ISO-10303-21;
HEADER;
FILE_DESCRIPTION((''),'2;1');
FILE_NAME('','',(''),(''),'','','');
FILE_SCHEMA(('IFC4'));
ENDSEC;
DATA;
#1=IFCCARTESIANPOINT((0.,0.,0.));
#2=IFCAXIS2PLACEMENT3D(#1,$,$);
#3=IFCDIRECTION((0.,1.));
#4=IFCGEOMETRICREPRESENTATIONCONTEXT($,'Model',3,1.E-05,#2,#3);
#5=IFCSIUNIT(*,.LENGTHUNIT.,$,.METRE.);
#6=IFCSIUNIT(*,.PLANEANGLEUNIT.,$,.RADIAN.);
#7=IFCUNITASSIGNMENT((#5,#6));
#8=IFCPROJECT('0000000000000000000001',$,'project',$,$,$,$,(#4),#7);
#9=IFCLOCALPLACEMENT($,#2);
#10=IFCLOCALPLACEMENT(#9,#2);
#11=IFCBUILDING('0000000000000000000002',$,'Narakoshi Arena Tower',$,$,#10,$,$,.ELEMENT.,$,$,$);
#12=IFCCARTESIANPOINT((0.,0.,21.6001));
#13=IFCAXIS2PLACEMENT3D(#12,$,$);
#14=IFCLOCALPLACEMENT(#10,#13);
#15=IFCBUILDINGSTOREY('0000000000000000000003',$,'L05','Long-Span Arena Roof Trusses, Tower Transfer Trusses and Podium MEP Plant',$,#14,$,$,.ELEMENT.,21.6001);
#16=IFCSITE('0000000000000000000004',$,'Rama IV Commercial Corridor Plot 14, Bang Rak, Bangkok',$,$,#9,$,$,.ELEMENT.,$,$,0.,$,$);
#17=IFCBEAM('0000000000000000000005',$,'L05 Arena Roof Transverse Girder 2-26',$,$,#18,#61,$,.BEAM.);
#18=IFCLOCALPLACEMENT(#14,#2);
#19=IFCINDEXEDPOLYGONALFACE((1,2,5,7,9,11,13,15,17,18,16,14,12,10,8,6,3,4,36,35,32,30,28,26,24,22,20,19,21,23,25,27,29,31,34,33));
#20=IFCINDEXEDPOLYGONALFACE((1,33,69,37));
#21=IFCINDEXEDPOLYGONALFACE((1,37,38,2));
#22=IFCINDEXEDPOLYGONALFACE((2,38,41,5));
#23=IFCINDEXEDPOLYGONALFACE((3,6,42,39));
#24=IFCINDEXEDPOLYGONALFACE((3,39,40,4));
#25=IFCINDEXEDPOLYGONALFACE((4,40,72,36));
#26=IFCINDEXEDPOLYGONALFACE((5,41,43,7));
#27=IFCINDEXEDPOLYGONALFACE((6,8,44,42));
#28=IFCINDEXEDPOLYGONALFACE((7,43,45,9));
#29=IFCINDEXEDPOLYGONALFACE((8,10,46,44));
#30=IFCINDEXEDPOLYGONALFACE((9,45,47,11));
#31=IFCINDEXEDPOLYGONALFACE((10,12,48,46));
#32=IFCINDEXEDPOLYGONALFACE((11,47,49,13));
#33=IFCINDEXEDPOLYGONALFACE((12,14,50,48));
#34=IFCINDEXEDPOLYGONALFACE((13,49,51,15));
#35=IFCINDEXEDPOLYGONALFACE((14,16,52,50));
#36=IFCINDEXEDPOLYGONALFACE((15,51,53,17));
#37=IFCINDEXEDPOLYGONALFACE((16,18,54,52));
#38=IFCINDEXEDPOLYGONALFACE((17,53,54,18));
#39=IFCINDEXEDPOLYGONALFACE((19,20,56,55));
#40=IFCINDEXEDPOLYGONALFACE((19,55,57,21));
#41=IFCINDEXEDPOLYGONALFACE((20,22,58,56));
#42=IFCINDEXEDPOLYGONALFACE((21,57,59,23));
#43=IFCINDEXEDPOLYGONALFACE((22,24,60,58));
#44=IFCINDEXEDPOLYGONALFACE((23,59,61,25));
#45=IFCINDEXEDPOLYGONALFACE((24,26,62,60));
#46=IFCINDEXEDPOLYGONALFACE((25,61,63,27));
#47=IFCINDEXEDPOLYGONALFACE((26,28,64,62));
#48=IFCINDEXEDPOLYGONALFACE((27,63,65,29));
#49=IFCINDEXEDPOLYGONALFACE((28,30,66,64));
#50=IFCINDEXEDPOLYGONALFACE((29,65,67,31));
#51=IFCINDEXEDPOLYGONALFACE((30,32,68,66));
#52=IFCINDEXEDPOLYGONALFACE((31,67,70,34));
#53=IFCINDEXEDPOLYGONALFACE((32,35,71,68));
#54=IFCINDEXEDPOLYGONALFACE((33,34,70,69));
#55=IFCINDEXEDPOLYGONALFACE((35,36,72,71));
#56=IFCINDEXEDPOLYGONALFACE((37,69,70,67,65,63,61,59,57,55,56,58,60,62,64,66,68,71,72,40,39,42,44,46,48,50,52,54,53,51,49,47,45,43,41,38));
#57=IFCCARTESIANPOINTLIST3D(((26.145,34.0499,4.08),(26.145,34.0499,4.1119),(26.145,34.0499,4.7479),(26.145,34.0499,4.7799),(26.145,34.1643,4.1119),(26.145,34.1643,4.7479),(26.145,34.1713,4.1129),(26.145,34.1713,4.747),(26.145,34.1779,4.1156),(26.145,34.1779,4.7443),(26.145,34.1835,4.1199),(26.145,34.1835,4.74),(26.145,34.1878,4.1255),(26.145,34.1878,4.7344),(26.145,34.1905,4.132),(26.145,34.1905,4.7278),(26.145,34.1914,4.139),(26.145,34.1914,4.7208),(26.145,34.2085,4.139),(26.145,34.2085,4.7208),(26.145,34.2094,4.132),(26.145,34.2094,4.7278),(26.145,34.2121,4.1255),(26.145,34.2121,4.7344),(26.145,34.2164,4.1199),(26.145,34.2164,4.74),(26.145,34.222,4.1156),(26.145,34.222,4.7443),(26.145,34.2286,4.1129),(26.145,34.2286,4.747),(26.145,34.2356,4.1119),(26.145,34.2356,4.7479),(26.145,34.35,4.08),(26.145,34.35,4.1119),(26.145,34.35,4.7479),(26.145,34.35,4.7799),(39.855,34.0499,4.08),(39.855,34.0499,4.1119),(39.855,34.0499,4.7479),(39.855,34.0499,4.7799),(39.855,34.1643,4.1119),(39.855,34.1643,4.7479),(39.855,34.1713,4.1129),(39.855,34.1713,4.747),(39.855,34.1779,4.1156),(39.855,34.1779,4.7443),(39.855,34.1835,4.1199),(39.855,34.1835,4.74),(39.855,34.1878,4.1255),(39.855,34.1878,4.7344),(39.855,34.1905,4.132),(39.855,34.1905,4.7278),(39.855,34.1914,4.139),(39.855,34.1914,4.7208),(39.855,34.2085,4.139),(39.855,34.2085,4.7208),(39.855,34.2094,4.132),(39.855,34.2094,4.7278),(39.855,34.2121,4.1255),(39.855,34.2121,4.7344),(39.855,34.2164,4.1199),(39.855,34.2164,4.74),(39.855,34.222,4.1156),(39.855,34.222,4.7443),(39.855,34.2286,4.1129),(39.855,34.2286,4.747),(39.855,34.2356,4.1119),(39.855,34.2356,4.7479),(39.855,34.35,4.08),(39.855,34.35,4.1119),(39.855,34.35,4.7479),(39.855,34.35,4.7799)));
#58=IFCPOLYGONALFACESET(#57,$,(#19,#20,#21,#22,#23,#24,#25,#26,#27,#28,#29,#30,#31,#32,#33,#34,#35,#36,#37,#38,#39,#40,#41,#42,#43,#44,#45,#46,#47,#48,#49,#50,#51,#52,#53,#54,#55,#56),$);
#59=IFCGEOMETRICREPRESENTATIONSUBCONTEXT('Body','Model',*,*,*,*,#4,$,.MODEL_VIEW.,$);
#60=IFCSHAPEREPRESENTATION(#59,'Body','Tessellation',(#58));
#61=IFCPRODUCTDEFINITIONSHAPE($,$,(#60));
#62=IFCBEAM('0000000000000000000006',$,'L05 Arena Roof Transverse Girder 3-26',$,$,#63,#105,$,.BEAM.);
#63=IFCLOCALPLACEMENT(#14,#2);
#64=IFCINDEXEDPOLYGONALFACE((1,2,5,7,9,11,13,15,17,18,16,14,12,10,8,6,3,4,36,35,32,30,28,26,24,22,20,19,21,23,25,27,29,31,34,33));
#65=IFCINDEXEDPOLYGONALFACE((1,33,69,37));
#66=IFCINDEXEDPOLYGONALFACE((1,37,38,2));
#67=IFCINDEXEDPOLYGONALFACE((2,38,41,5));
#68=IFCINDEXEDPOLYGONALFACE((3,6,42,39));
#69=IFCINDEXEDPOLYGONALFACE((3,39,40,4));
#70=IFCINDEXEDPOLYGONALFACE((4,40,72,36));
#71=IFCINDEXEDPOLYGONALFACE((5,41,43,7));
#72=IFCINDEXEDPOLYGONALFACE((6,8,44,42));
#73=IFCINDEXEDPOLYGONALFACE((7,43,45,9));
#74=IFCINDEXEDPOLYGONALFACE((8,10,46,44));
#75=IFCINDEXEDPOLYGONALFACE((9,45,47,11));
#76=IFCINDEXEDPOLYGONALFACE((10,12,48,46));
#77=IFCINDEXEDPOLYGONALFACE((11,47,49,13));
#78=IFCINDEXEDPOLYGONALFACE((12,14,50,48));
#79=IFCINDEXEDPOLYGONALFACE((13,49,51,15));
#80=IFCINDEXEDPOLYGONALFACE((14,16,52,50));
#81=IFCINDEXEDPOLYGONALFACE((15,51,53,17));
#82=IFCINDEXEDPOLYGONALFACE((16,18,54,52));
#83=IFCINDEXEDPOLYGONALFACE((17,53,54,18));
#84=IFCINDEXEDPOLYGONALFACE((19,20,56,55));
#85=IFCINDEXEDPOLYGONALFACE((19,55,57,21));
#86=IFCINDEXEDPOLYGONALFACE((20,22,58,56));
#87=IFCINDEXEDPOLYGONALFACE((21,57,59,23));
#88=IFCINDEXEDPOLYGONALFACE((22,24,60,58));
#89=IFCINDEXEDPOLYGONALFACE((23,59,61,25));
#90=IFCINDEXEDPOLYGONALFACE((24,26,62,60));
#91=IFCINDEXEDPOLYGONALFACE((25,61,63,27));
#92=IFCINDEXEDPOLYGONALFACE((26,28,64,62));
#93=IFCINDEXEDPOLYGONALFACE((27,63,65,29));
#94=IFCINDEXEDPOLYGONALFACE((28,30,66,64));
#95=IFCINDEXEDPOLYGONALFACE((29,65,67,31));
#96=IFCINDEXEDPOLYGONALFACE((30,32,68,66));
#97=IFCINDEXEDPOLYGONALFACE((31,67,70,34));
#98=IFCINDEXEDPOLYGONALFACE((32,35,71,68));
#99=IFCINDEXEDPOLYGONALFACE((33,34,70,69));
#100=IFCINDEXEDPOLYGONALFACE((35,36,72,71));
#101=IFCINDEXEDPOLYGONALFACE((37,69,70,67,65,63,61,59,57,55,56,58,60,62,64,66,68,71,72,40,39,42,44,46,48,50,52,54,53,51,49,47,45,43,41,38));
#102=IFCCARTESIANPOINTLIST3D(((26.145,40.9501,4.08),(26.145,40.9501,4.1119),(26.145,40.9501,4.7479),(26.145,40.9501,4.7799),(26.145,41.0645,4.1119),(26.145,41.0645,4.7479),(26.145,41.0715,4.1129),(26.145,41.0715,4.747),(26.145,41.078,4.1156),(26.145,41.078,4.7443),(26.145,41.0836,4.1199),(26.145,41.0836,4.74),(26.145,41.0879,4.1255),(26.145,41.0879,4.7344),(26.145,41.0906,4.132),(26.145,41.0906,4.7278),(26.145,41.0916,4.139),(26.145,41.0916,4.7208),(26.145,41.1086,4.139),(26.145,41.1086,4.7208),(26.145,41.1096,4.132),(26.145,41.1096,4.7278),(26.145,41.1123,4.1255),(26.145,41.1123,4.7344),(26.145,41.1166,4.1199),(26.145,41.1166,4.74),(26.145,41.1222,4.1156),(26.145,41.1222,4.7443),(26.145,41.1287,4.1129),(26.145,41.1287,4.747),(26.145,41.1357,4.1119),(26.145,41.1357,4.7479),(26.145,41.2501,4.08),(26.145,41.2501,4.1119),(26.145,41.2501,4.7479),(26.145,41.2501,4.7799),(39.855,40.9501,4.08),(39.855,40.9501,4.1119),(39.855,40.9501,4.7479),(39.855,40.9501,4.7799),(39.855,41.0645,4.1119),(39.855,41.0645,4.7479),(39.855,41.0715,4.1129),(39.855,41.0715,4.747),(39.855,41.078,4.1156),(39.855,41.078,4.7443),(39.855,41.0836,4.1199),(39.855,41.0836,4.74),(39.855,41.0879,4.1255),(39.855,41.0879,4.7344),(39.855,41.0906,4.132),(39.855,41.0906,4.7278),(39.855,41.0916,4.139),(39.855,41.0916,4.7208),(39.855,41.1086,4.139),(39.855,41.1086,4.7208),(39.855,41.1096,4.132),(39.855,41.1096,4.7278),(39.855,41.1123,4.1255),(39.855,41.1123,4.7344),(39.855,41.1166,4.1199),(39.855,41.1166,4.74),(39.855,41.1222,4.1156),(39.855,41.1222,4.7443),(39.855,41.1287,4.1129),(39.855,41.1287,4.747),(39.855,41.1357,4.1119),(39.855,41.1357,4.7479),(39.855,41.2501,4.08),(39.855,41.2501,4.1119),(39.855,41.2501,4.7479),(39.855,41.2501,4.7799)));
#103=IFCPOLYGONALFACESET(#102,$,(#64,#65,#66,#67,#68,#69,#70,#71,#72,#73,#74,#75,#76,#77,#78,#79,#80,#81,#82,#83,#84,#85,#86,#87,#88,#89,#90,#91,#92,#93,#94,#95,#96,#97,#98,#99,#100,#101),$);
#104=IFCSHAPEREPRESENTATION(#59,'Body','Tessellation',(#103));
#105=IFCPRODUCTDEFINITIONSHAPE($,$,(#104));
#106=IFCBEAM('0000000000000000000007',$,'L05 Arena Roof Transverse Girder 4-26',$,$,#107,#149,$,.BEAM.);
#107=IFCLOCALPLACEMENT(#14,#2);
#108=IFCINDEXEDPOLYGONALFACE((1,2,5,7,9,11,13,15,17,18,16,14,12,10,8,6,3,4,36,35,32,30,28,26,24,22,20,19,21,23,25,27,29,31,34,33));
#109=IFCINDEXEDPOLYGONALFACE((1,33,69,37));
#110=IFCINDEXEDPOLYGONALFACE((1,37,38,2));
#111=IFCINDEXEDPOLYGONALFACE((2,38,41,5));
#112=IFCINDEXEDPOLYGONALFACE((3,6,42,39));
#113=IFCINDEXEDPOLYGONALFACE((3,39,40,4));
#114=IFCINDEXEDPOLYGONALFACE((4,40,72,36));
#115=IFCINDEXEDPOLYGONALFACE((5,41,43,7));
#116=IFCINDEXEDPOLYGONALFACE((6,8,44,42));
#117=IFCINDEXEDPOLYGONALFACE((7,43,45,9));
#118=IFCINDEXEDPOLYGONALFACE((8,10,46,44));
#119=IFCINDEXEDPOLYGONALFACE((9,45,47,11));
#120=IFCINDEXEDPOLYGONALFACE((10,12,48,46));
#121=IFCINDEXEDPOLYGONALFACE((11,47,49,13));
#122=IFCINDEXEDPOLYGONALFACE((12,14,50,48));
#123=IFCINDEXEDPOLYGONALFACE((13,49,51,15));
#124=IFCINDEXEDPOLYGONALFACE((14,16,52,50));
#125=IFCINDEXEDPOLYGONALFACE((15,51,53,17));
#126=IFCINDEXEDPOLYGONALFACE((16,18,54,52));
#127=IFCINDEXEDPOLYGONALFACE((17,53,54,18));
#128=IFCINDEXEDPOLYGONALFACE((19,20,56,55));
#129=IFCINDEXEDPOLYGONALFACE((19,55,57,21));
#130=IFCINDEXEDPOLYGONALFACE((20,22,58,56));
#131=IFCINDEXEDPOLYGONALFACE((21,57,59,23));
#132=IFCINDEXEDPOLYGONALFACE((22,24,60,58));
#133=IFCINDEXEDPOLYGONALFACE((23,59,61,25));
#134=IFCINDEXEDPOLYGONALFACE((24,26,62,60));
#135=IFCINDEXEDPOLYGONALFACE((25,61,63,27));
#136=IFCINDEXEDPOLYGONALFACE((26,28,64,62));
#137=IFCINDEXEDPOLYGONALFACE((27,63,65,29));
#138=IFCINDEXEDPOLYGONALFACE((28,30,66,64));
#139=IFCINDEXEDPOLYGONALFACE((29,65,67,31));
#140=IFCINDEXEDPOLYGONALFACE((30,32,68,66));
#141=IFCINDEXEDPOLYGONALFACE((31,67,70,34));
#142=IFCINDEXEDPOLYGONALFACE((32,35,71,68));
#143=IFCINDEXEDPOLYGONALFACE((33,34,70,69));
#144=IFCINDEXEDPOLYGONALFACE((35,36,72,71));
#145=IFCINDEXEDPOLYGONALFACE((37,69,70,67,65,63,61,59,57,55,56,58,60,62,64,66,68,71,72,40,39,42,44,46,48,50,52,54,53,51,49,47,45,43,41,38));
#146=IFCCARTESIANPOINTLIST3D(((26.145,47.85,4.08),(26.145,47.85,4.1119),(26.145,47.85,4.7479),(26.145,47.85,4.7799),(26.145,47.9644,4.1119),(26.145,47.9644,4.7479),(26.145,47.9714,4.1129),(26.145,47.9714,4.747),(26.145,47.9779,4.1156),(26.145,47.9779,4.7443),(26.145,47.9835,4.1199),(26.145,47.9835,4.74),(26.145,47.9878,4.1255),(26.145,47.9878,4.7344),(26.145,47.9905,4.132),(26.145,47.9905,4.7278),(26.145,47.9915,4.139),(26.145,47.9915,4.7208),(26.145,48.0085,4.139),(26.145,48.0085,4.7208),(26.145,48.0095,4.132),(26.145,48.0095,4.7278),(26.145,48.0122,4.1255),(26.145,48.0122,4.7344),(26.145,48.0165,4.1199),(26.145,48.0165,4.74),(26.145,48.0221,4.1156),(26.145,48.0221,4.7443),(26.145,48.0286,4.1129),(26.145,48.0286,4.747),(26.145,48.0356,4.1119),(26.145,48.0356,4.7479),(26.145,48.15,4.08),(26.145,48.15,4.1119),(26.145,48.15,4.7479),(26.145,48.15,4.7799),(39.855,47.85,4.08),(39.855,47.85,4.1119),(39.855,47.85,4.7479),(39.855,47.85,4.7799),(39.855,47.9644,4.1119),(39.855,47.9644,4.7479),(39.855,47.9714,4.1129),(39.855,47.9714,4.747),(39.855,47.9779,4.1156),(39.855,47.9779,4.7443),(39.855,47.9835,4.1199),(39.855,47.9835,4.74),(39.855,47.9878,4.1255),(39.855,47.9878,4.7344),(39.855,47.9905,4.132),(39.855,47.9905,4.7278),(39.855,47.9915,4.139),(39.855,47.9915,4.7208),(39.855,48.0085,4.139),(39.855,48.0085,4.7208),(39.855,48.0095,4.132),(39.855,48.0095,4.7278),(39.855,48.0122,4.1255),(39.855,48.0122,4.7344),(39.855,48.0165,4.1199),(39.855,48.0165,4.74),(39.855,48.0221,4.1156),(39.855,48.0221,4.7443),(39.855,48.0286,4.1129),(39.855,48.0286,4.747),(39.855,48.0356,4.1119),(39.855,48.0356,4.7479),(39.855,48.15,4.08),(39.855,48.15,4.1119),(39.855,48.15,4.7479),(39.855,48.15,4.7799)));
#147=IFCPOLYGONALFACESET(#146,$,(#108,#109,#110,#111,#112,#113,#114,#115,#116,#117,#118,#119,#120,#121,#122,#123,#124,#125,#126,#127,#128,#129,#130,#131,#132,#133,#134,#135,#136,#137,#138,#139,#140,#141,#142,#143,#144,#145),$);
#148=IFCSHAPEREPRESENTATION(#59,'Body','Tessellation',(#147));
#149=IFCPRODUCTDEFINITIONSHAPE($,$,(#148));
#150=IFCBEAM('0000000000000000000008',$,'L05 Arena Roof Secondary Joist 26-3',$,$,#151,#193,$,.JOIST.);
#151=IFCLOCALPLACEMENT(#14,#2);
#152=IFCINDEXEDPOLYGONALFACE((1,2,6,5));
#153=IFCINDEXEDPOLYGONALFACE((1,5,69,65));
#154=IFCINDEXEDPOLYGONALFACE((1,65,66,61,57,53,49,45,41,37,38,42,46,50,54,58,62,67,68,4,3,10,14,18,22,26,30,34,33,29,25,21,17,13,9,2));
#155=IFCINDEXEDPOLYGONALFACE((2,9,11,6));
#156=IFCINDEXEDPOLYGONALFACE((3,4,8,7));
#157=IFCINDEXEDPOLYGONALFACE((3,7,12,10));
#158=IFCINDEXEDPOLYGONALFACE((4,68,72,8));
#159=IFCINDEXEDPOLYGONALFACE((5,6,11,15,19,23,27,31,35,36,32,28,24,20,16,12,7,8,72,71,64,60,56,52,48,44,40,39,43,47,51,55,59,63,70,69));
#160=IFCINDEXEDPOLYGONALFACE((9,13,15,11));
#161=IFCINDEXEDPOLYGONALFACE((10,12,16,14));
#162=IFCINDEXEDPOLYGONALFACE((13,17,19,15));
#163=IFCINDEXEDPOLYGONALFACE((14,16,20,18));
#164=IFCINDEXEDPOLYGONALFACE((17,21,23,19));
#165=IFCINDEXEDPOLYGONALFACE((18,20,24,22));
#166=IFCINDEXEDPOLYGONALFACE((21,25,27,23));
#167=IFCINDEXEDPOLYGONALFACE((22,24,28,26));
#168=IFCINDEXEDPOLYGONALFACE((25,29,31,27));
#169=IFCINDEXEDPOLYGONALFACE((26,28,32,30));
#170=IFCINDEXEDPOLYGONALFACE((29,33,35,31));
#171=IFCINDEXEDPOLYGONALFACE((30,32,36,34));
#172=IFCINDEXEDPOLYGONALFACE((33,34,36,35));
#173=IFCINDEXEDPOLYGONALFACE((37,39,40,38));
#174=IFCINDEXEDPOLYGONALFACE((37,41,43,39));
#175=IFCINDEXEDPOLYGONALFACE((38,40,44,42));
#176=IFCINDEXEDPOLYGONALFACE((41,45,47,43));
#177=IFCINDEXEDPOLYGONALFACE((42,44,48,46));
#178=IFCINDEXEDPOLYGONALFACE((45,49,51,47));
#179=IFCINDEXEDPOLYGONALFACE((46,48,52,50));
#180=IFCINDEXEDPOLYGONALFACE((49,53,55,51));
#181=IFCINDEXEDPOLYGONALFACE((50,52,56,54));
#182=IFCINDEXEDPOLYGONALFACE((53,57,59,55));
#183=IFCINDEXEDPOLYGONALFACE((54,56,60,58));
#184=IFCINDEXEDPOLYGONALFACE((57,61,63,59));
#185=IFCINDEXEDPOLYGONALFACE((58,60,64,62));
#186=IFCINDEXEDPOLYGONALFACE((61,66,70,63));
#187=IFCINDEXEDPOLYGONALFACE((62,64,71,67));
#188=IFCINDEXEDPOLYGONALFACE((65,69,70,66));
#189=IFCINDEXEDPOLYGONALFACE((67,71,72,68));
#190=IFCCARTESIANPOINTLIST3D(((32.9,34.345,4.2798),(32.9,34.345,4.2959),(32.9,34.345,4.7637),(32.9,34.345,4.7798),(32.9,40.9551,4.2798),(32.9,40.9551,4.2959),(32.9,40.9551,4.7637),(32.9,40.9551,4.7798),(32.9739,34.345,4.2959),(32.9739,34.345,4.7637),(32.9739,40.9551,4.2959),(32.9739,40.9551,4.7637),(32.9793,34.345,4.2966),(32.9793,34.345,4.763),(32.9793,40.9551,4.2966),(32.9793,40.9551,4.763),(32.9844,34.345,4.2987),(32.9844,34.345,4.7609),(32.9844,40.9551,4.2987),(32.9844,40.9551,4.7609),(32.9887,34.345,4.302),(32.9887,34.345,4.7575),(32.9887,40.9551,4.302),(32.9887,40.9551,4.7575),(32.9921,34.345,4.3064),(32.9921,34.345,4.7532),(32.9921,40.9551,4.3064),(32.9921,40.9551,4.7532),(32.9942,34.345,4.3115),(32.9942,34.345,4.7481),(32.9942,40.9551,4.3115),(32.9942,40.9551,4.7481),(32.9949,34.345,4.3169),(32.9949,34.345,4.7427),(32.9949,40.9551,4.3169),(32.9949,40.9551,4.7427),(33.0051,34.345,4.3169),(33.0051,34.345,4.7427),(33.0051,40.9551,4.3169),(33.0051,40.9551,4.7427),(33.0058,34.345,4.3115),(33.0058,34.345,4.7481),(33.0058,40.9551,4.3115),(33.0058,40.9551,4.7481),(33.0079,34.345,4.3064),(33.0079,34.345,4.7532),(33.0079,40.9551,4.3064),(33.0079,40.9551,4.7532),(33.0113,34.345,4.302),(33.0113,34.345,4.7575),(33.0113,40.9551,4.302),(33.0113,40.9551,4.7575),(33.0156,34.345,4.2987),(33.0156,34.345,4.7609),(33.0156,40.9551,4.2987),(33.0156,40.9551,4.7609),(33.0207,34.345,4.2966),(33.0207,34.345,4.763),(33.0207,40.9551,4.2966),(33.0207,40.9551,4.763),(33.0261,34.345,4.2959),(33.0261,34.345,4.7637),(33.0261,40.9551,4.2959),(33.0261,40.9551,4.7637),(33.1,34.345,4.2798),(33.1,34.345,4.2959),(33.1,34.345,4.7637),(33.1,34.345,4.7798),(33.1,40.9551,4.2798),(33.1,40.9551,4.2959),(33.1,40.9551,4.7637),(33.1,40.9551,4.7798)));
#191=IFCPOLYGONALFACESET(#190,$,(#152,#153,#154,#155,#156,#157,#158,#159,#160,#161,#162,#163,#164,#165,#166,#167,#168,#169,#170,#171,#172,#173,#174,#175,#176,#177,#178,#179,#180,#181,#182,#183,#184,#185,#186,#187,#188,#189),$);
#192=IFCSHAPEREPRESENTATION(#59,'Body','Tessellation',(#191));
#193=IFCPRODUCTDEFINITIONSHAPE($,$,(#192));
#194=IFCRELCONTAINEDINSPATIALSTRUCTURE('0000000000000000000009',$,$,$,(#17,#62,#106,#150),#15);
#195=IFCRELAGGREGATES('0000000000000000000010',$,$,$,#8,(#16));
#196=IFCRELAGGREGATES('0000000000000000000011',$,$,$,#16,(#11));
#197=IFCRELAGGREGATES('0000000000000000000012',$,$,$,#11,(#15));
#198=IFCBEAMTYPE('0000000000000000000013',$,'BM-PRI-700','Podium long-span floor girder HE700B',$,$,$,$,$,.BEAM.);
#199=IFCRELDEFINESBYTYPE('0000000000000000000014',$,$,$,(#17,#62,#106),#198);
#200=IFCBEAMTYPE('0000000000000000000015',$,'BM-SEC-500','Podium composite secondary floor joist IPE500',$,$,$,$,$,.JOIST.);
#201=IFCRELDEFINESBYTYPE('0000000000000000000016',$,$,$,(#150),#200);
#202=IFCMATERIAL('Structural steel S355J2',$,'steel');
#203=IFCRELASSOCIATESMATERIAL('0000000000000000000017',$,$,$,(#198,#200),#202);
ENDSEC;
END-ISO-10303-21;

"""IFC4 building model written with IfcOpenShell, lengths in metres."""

from ifc_helpers import new_model, si_unit, direction, frame, origin, origin_2d, place, context, subcontext, project, spatial, i_section, extrude, material, material_profile, profile_set, type_object, element, save


model = new_model("IFC4")

# Units and contexts
model_context = context("Model", 3, precision=1e-05, world=origin(), true_north=direction((0.0, 1.0)))
body_context = subcontext(model_context, "Body", "Model", "MODEL_VIEW")
ifc_project = project(units=[si_unit("LENGTHUNIT", "METRE"), si_unit("PLANEANGLEUNIT", "RADIAN")], contexts=[model_context])

# Site, building, storey
site_placement = place(None, origin())
site = spatial("IfcSite", under=ifc_project, at=site_placement, Name="Rama IV Commercial Corridor Plot 14, Bang Rak, Bangkok", CompositionType="ELEMENT", RefElevation=0.0)
building_placement = place(site_placement, origin())
building = spatial("IfcBuilding", under=site, at=building_placement, Name="Narakoshi Arena Tower", CompositionType="ELEMENT")
storey_placement = place(building_placement, frame((0.0, 0.0, 21.6001)))
storey = spatial("IfcBuildingStorey", under=building, at=storey_placement, Name="L05", Description="Long-Span Arena Roof Trusses, Tower Transfer Trusses and Podium MEP Plant", CompositionType="ELEMENT", Elevation=21.6001)

# Beams
ifc_material_1 = material(Name="Structural steel S355J2", Category="steel")
ifc_material_profile_1 = material_profile(ifc_material_1, i_section(OverallWidth=0.3, OverallDepth=0.7, WebThickness=0.0171, FlangeThickness=0.032, FilletRadius=0.0271, at=origin_2d()), Name="HE700B")
ifc_profile_set_1 = profile_set([ifc_material_profile_1], Name="Structural steel S355J2")
beam_type_1 = type_object("IfcBeamType", Name="BM-PRI-700", Description="Podium long-span floor girder HE700B", PredefinedType="BEAM", material=ifc_profile_set_1)
for number, where, z_axis, x_axis, name in (
    (1, (26.145, 34.2, 4.4299), (1.0, 0.0, 0.0), (0.0, 1.0, 0.0), "L05 Arena Roof Transverse Girder 2-26"),
    (2, (26.145, 41.1001, 4.4299), (1.0, 0.0, 0.0), (0.0, 1.0, 0.0), "L05 Arena Roof Transverse Girder 3-26"),
    (3, (26.145, 48.0, 4.4299), (1.0, 0.0, 0.0), (0.0, 1.0, 0.0), "L05 Arena Roof Transverse Girder 4-26"),
):
    element("IfcBeam", number, at=place(storey_placement, frame(where, z_axis=z_axis, x_axis=x_axis)), inside=storey, type_object=beam_type_1, Name=name, PredefinedType="BEAM", context=body_context, shape_type="SweptSolid", body=[
        extrude(i_section(OverallWidth=0.3, OverallDepth=0.7, WebThickness=0.0171, FlangeThickness=0.032, FilletRadius=0.0271, at=origin_2d()), origin(), (0.0, 0.0, 1.0), 13.71),
    ])
ifc_material_profile_2 = material_profile(ifc_material_1, i_section(OverallWidth=0.2, OverallDepth=0.5, WebThickness=0.0103, FlangeThickness=0.0161, FilletRadius=0.021, at=origin_2d()), Name="IPE500")
ifc_profile_set_2 = profile_set([ifc_material_profile_2], Name="Structural steel S355J2")
beam_type_2 = type_object("IfcBeamType", Name="BM-SEC-500", Description="Podium composite secondary floor joist IPE500", PredefinedType="JOIST", material=ifc_profile_set_2)
beam_1_placement = place(storey_placement, frame((33.0, 34.345, 4.5298), z_axis=(0.0, 1.0, 0.0), x_axis=(-1.0, 0.0, 0.0)))
element("IfcBeam", 4, at=beam_1_placement, inside=storey, type_object=beam_type_2, Name="L05 Arena Roof Secondary Joist 26-3", PredefinedType="JOIST", context=body_context, shape_type="SweptSolid", body=[
    extrude(i_section(OverallWidth=0.2, OverallDepth=0.5, WebThickness=0.0103, FlangeThickness=0.0161, FilletRadius=0.021, at=origin_2d()), origin(), (0.0, 0.0, 1.0), 6.6101),
])

save(model, "model.ifc")
